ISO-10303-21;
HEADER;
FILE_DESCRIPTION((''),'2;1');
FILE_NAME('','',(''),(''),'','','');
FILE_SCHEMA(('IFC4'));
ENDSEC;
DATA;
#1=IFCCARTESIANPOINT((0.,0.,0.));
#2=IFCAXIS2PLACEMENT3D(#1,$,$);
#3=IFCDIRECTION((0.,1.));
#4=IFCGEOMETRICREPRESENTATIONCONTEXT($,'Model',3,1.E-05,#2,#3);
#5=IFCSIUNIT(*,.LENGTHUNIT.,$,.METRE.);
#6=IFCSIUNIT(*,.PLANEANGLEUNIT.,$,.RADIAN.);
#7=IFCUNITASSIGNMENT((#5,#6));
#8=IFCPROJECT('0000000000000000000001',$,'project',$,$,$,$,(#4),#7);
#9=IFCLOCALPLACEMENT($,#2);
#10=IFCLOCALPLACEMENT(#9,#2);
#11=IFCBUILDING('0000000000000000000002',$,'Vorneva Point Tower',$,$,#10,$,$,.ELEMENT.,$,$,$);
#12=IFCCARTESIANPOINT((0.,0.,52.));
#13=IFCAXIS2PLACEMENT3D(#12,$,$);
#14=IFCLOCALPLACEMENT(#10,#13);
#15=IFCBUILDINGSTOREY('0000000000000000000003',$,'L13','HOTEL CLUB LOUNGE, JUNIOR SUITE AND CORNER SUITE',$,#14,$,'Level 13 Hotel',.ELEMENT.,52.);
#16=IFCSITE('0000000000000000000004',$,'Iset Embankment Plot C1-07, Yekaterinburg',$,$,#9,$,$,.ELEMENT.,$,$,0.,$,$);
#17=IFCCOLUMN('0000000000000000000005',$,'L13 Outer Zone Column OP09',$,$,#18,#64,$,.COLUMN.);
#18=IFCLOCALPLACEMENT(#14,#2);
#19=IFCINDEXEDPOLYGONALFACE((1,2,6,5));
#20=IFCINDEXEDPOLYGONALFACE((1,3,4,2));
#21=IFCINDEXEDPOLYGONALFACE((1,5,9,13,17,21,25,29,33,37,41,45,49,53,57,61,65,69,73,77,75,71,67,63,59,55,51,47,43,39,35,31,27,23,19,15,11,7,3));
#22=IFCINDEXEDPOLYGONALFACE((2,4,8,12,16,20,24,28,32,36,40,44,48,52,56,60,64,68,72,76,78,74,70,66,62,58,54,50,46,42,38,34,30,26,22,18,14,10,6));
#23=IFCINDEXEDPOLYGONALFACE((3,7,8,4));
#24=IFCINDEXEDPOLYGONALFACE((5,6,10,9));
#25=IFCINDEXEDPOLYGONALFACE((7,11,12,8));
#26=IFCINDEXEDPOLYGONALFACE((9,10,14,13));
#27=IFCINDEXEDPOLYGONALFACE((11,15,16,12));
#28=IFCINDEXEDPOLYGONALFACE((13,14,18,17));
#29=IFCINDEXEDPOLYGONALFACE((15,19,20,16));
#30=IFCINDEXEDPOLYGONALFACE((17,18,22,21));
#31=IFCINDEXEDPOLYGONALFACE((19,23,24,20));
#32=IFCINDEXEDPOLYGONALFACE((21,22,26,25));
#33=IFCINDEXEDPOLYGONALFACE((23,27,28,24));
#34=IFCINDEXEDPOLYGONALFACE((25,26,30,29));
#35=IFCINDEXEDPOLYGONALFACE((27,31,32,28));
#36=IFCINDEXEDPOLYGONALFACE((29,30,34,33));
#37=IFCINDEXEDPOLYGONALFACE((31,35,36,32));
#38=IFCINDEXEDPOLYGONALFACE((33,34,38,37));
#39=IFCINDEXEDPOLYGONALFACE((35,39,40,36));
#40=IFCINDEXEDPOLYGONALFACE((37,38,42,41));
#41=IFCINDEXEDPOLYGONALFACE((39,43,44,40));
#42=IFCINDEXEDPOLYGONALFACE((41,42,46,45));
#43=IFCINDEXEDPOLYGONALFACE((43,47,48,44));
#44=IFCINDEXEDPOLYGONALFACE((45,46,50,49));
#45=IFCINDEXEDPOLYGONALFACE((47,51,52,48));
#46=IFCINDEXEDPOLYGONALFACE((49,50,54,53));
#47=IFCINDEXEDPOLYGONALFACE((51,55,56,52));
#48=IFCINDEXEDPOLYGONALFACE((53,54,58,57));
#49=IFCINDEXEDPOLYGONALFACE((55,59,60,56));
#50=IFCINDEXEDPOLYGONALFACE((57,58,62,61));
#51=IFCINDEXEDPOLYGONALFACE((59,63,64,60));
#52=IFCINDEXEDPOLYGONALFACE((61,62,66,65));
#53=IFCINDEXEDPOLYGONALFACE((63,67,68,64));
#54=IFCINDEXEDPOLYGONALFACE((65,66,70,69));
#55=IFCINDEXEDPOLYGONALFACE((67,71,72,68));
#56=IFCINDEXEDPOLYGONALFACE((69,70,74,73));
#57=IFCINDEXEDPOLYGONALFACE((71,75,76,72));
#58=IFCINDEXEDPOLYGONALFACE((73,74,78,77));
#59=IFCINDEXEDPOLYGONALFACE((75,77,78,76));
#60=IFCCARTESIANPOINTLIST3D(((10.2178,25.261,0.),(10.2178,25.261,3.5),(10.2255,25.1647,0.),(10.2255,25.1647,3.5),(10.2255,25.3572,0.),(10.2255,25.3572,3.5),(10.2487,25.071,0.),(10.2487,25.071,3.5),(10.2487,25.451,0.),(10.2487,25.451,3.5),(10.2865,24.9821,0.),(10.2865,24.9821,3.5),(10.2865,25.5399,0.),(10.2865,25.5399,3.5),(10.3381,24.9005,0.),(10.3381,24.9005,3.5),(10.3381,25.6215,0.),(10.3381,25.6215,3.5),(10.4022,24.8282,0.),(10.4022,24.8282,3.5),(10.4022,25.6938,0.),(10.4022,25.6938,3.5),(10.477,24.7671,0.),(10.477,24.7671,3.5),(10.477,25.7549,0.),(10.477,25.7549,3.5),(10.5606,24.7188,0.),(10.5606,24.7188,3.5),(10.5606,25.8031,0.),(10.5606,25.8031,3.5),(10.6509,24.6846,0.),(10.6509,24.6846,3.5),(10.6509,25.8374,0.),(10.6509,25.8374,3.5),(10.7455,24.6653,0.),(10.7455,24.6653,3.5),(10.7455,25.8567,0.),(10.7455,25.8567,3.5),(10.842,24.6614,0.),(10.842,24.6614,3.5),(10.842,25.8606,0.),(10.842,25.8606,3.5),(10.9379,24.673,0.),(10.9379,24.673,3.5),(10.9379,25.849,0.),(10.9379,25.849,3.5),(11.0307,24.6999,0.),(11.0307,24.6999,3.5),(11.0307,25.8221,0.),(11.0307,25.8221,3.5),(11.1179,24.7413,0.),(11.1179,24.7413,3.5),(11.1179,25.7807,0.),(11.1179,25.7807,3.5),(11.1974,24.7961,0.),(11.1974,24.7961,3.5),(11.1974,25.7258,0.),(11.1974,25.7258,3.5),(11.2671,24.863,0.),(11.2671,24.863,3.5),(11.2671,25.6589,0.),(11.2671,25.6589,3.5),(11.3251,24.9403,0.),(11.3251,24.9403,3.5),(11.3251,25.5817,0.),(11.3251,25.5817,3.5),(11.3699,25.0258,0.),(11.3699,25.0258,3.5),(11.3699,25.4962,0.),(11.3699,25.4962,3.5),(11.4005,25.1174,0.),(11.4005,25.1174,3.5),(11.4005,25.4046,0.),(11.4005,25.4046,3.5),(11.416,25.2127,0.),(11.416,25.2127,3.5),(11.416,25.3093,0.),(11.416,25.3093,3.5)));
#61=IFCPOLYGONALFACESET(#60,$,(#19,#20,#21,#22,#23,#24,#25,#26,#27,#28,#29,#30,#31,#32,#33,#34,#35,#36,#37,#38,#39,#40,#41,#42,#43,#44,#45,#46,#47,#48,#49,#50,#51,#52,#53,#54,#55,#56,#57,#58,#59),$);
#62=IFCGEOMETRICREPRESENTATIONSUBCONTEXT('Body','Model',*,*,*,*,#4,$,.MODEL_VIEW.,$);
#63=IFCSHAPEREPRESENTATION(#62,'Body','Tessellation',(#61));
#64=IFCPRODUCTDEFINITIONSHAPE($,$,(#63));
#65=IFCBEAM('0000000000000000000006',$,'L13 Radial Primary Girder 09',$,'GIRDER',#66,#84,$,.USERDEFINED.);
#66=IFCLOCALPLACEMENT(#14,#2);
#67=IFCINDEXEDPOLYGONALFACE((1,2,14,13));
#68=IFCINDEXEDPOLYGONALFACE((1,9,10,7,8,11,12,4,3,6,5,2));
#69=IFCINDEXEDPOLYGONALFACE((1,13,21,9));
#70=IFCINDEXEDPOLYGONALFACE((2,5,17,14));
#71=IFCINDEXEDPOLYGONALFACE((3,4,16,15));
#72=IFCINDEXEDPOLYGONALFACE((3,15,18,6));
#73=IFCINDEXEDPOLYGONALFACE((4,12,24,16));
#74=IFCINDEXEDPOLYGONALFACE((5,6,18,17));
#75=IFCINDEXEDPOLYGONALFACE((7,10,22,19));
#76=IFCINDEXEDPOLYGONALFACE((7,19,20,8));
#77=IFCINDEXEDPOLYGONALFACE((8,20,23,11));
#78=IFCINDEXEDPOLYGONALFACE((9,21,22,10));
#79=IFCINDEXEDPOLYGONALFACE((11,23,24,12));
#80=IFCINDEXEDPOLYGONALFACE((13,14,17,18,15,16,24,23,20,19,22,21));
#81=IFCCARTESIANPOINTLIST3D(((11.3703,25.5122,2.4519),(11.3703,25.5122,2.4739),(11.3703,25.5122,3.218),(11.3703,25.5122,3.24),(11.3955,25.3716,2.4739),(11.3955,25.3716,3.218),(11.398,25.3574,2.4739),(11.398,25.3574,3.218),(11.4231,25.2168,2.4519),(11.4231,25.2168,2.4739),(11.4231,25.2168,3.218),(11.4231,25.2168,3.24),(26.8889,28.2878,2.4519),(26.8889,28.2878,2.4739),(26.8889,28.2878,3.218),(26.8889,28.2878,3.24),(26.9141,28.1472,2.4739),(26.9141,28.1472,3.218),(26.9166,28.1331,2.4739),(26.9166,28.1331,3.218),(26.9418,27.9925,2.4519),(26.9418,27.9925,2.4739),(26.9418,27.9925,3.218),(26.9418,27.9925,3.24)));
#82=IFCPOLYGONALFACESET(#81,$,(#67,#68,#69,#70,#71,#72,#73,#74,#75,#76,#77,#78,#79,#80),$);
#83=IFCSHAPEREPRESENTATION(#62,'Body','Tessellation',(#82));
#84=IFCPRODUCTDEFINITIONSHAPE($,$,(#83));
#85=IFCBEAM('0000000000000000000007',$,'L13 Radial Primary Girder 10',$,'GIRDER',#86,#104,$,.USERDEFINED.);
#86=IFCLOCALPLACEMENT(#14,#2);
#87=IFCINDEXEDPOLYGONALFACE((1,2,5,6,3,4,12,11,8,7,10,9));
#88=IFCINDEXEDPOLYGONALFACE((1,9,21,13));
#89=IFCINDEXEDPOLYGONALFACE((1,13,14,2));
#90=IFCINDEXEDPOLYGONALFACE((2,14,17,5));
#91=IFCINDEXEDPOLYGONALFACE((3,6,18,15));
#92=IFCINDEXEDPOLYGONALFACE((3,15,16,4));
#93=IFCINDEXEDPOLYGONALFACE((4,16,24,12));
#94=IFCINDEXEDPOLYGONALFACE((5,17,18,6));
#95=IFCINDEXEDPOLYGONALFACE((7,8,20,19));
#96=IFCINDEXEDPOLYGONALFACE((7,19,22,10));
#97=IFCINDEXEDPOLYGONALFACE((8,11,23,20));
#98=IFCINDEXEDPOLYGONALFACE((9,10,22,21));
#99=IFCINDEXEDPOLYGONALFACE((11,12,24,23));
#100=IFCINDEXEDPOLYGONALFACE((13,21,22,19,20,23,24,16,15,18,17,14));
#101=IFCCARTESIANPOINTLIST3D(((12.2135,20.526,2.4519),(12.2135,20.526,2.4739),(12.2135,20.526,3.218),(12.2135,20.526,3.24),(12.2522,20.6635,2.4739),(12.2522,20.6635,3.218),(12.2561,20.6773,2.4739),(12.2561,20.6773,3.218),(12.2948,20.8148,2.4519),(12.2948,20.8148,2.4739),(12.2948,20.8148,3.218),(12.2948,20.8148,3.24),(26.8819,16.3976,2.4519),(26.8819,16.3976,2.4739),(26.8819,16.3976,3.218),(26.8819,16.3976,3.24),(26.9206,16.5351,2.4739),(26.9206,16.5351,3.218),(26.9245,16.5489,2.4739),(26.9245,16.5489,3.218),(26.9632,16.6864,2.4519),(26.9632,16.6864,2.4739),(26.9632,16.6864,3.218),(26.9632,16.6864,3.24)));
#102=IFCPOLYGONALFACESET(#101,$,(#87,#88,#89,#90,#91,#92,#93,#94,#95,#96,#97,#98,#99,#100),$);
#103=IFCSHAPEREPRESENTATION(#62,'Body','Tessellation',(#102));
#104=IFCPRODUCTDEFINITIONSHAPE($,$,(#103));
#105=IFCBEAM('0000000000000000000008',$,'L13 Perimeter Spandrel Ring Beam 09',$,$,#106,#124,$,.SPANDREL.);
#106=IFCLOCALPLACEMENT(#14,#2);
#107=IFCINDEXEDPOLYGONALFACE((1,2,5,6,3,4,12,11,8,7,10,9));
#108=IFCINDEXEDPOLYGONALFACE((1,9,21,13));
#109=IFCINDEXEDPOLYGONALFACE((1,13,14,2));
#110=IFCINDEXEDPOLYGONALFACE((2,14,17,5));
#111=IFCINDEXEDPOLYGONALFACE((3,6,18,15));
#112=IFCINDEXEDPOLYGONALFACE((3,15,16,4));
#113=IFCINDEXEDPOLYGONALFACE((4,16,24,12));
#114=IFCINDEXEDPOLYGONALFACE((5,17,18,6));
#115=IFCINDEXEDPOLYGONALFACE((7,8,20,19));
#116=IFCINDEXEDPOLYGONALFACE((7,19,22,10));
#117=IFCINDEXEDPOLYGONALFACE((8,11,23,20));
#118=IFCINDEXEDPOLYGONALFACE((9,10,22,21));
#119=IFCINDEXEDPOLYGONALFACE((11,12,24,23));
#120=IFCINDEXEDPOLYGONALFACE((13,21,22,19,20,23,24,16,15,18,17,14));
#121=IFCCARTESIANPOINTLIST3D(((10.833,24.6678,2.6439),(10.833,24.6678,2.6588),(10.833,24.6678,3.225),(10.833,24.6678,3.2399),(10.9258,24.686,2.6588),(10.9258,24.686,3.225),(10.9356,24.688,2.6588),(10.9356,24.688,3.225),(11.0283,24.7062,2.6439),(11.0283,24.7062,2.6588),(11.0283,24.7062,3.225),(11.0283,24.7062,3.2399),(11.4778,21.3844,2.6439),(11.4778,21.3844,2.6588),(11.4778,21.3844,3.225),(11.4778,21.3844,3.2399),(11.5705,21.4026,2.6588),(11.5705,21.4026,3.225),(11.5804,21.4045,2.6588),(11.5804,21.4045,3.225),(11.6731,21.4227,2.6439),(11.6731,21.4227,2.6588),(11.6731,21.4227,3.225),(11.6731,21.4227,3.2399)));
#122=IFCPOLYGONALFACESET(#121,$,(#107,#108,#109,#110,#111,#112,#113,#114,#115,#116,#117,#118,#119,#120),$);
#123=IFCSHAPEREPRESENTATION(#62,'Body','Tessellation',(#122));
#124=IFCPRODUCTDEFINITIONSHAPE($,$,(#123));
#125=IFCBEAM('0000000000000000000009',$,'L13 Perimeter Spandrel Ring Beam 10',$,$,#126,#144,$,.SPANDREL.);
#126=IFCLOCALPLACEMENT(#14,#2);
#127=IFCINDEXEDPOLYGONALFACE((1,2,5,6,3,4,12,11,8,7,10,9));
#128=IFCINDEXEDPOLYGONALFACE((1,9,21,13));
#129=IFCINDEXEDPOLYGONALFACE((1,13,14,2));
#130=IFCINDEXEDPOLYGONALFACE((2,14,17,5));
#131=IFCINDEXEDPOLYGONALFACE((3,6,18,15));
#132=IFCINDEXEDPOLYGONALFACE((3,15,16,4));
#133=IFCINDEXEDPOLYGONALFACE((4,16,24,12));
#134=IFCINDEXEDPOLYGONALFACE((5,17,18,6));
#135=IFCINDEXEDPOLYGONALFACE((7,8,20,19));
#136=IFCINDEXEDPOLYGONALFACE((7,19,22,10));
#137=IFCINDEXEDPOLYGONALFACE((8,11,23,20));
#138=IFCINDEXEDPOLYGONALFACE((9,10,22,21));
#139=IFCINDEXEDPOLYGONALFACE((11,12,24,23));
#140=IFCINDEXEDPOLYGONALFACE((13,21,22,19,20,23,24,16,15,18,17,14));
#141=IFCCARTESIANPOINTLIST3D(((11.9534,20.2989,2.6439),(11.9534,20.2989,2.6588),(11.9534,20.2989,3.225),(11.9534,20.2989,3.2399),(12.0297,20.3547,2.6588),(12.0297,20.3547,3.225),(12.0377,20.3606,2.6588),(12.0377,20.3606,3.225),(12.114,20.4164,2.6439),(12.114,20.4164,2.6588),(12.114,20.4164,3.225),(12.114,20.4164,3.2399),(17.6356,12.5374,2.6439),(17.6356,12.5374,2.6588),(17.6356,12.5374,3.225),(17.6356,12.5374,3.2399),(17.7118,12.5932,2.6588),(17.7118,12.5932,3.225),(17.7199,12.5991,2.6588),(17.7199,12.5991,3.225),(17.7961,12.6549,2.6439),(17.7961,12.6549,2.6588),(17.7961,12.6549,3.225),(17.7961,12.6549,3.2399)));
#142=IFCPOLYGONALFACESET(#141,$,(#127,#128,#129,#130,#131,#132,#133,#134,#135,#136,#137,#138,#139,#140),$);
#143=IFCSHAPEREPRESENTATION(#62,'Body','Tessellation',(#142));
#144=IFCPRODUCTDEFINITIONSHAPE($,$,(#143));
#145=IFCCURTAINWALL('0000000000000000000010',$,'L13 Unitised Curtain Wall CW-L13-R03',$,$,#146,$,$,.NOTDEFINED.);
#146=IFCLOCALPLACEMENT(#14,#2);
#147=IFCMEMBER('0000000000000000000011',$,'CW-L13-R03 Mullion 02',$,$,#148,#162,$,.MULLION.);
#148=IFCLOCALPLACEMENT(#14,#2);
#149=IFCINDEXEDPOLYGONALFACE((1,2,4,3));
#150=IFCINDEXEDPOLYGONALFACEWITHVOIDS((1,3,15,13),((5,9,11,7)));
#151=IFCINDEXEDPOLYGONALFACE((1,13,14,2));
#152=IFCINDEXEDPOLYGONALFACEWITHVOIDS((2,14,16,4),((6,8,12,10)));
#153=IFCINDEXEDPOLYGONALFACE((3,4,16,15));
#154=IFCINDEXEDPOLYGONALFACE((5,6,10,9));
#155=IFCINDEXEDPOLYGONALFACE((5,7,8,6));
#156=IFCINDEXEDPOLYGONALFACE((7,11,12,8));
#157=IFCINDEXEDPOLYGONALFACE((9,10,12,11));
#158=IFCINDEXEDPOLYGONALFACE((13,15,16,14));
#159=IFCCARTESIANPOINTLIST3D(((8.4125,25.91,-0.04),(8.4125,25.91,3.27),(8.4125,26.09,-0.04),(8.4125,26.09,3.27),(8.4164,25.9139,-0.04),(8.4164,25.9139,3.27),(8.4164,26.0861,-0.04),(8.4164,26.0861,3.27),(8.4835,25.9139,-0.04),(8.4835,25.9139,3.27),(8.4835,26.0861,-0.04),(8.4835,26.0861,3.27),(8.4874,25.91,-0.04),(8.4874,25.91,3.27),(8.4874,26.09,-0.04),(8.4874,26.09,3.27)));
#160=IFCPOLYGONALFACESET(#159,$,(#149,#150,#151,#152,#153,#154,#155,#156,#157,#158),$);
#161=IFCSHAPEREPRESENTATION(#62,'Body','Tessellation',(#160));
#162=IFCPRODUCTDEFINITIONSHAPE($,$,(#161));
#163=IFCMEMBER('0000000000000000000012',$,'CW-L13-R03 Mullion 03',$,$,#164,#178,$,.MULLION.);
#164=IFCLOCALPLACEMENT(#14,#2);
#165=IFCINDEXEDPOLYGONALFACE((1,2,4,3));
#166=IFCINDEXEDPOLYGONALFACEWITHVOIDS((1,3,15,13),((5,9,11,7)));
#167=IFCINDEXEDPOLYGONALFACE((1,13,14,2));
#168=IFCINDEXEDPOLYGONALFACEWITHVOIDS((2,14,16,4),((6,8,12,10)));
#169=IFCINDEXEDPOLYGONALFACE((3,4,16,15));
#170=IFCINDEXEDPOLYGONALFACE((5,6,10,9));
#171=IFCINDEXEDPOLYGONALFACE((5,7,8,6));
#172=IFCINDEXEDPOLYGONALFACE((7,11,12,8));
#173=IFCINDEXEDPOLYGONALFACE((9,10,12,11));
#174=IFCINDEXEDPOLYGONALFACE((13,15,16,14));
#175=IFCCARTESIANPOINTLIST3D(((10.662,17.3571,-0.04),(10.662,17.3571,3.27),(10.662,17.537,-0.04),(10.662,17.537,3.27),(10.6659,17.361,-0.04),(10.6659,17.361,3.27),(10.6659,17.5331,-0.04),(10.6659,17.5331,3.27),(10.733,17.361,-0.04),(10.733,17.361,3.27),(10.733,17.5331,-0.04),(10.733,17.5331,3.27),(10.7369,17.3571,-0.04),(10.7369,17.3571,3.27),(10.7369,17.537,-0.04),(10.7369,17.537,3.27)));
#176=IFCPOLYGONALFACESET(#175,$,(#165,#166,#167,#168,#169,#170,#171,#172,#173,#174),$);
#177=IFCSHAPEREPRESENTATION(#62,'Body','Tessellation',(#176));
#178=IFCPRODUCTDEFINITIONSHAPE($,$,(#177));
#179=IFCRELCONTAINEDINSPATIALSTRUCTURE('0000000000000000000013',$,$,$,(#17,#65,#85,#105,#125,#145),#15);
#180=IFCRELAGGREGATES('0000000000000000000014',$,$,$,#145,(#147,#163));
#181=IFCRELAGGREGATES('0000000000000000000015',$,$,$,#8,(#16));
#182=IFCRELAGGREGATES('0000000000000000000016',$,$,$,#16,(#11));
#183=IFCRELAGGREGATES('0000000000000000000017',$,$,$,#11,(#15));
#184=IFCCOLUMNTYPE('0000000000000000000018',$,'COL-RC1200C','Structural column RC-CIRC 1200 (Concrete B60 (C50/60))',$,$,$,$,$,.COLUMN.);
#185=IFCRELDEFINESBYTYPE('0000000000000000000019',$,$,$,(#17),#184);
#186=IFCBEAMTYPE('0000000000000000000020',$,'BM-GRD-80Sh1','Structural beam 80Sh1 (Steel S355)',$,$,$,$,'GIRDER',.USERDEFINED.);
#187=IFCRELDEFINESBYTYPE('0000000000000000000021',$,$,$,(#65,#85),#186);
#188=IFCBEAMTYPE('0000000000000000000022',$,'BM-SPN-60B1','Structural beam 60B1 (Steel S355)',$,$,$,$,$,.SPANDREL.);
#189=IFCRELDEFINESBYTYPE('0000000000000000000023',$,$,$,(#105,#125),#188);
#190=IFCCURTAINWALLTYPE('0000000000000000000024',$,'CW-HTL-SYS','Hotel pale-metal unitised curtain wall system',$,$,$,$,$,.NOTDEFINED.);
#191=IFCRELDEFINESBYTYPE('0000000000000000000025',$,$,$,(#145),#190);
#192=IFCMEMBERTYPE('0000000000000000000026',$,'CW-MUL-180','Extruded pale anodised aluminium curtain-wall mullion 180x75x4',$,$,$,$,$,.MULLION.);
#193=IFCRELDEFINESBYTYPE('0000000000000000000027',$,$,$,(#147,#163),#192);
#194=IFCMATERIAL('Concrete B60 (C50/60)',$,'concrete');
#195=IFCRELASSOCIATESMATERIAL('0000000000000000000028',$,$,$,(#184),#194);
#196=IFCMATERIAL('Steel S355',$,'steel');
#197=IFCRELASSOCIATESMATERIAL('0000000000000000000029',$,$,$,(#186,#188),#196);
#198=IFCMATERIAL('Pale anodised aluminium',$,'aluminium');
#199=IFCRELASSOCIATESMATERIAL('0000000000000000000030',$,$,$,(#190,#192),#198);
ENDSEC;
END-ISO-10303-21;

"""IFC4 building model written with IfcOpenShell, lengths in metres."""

from ifc_helpers import new_model, si_unit, direction, frame, origin, origin_2d, place, context, subcontext, project, spatial, hollow_rectangle, circle, i_section, extrude, material, material_profile, profile_set, type_object, element, aggregate, save


model = new_model("IFC4")

# Units and contexts
model_context = context("Model", 3, precision=1e-05, world=origin(), true_north=direction((0.0, 1.0)))
body_context = subcontext(model_context, "Body", "Model", "MODEL_VIEW")
ifc_project = project(units=[si_unit("LENGTHUNIT", "METRE"), si_unit("PLANEANGLEUNIT", "RADIAN")], contexts=[model_context])

# Site, building, storey
site_placement = place(None, origin())
site = spatial("IfcSite", under=ifc_project, at=site_placement, Name="Iset Embankment Plot C1-07, Yekaterinburg", CompositionType="ELEMENT", RefElevation=0.0)
building_placement = place(site_placement, origin())
building = spatial("IfcBuilding", under=site, at=building_placement, Name="Vorneva Point Tower", CompositionType="ELEMENT")
storey_placement = place(building_placement, frame((0.0, 0.0, 52.0)))
storey = spatial("IfcBuildingStorey", under=building, at=storey_placement, Name="L13", Description="HOTEL CLUB LOUNGE, JUNIOR SUITE AND CORNER SUITE", LongName="Level 13 Hotel", CompositionType="ELEMENT", Elevation=52.0)

# Column
ifc_material_1 = material(Name="Concrete B60 (C50/60)", Category="concrete")
ifc_material_profile_1 = material_profile(ifc_material_1, circle(Radius=0.6001, at=origin_2d()), Name="RC-CIRC 1200")
ifc_profile_set_1 = profile_set([ifc_material_profile_1], Name="Concrete B60 (C50/60)")
column_type = type_object("IfcColumnType", Name="COL-RC1200C", Description="Structural column RC-CIRC 1200 (Concrete B60 (C50/60))", PredefinedType="COLUMN", material=ifc_profile_set_1)
for number, where, z_axis, x_axis, name in (
    (1, (10.8179, 25.261, 0.0), (0.0, 0.0, 1.0), (-1.0, 0.0, 0.0), "L13 Outer Zone Column OP09"),
):
    element("IfcColumn", number, at=place(storey_placement, frame(where, z_axis=z_axis, x_axis=x_axis)), inside=storey, type_object=column_type, Name=name, PredefinedType="COLUMN", context=body_context, shape_type="SweptSolid", body=[
        extrude(circle(Radius=0.6001, at=origin_2d()), origin(), (0.0, 0.0, 1.0), 3.5),
    ])

# Beams
ifc_material_2 = material(Name="Steel S355", Category="steel")
ifc_material_profile_2 = material_profile(ifc_material_2, i_section(OverallWidth=0.3, OverallDepth=0.7881, WebThickness=0.0144, FlangeThickness=0.022, at=origin_2d()), Name="80Sh1")
ifc_profile_set_2 = profile_set([ifc_material_profile_2], Name="Steel S355")
beam_type_1 = type_object("IfcBeamType", Name="BM-GRD-80Sh1", Description="Structural beam 80Sh1 (Steel S355)", ElementType="GIRDER", PredefinedType="USERDEFINED", material=ifc_profile_set_2)
beam_1_placement = place(storey_placement, frame((11.3967, 25.3645, 2.8459), z_axis=(0.984379, 0.176065, 0.0), x_axis=(-0.176065, 0.984379, 0.0)))
element("IfcBeam", 2, at=beam_1_placement, inside=storey, type_object=beam_type_1, Name="L13 Radial Primary Girder 09", ObjectType="GIRDER", PredefinedType="USERDEFINED", context=body_context, shape_type="SweptSolid", body=[
    extrude(i_section(OverallWidth=0.3, OverallDepth=0.7881, WebThickness=0.0144, FlangeThickness=0.022, at=origin_2d()), origin(), (0.0, 0.0, 1.0), 15.7649),
])
beam_2_placement = place(storey_placement, frame((12.2542, 20.6704, 2.8459), z_axis=(0.962601, -0.270923, 0.0), x_axis=(0.270923, 0.962601, 0.0)))
element("IfcBeam", 3, at=beam_2_placement, inside=storey, type_object=beam_type_1, Name="L13 Radial Primary Girder 10", ObjectType="GIRDER", PredefinedType="USERDEFINED", context=body_context, shape_type="SweptSolid", body=[
    extrude(i_section(OverallWidth=0.3, OverallDepth=0.7881, WebThickness=0.0144, FlangeThickness=0.022, at=origin_2d()), origin(), (0.0, 0.0, 1.0), 15.2383),
])
ifc_material_profile_3 = material_profile(ifc_material_2, i_section(OverallWidth=0.199, OverallDepth=0.5959, WebThickness=0.01, FlangeThickness=0.0149, at=origin_2d()), Name="60B1")
ifc_profile_set_3 = profile_set([ifc_material_profile_3], Name="Steel S355")
beam_type_2 = type_object("IfcBeamType", Name="BM-SPN-60B1", Description="Structural beam 60B1 (Steel S355)", PredefinedType="SPANDREL", material=ifc_profile_set_3)
beam_3_placement = place(storey_placement, frame((10.9307, 24.687, 2.9419), z_axis=(0.192691, -0.981259, 0.0), x_axis=(0.981259, 0.192691, 0.0)))
element("IfcBeam", 4, at=beam_3_placement, inside=storey, type_object=beam_type_2, Name="L13 Perimeter Spandrel Ring Beam 09", PredefinedType="SPANDREL", context=body_context, shape_type="SweptSolid", body=[
    extrude(i_section(OverallWidth=0.199, OverallDepth=0.5959, WebThickness=0.01, FlangeThickness=0.0149, at=origin_2d()), origin(), (0.0, 0.0, 1.0), 3.3462),
])
beam_4_placement = place(storey_placement, frame((12.0337, 20.3577, 2.9419), z_axis=(0.590713, -0.806882, 0.0), x_axis=(0.806882, 0.590713, 0.0)))
element("IfcBeam", 5, at=beam_4_placement, inside=storey, type_object=beam_type_2, Name="L13 Perimeter Spandrel Ring Beam 10", PredefinedType="SPANDREL", context=body_context, shape_type="SweptSolid", body=[
    extrude(i_section(OverallWidth=0.199, OverallDepth=0.5959, WebThickness=0.01, FlangeThickness=0.0149, at=origin_2d()), origin(), (0.0, 0.0, 1.0), 9.6191),
])

# Curtain wall, members
ifc_material_3 = material(Name="Pale anodised aluminium", Category="aluminium")
curtain_wall_type = type_object("IfcCurtainWallType", Name="CW-HTL-SYS", Description="Hotel pale-metal unitised curtain wall system", PredefinedType="NOTDEFINED", material=ifc_material_3)
curtain_wall_1_placement = place(storey_placement, origin())
curtain_wall_1 = element("IfcCurtainWall", 6, at=curtain_wall_1_placement, inside=storey, type_object=curtain_wall_type, Name="L13 Unitised Curtain Wall CW-L13-R03", PredefinedType="NOTDEFINED")
ifc_material_profile_4 = material_profile(ifc_material_3, hollow_rectangle(XDim=0.075, YDim=0.1799, WallThickness=0.0039, at=origin_2d()), Name="AL-MUL 180x75x4")
ifc_profile_set_4 = profile_set([ifc_material_profile_4], Name="Pale anodised aluminium")
member_type_1 = type_object("IfcMemberType", Name="CW-MUL-180", Description="Extruded pale anodised aluminium curtain-wall mullion 180x75x4", PredefinedType="MULLION", material=ifc_profile_set_4)
member_1_placement = place(storey_placement, frame((8.45, 26.0, -0.04), z_axis=(0.0, 0.0, 1.0), x_axis=(1.0, 0.0, 0.0)))
member_1 = element("IfcMember", 7, at=member_1_placement, type_object=member_type_1, Name="CW-L13-R03 Mullion 02", PredefinedType="MULLION", context=body_context, shape_type="SweptSolid", body=[
    extrude(hollow_rectangle(XDim=0.075, YDim=0.1799, WallThickness=0.0039, at=origin_2d()), origin(), (0.0, 0.0, 1.0), 3.3101),
])
member_2_placement = place(storey_placement, frame((10.6995, 17.447, -0.04), z_axis=(0.0, 0.0, 1.0), x_axis=(1.0, 0.0, 0.0)))
member_2 = element("IfcMember", 8, at=member_2_placement, type_object=member_type_1, Name="CW-L13-R03 Mullion 03", PredefinedType="MULLION", context=body_context, shape_type="SweptSolid", body=[
    extrude(hollow_rectangle(XDim=0.075, YDim=0.1799, WallThickness=0.0039, at=origin_2d()), origin(), (0.0, 0.0, 1.0), 3.3101),
])

aggregate(curtain_wall_1, [member_1, member_2])

save(model, "model.ifc")
